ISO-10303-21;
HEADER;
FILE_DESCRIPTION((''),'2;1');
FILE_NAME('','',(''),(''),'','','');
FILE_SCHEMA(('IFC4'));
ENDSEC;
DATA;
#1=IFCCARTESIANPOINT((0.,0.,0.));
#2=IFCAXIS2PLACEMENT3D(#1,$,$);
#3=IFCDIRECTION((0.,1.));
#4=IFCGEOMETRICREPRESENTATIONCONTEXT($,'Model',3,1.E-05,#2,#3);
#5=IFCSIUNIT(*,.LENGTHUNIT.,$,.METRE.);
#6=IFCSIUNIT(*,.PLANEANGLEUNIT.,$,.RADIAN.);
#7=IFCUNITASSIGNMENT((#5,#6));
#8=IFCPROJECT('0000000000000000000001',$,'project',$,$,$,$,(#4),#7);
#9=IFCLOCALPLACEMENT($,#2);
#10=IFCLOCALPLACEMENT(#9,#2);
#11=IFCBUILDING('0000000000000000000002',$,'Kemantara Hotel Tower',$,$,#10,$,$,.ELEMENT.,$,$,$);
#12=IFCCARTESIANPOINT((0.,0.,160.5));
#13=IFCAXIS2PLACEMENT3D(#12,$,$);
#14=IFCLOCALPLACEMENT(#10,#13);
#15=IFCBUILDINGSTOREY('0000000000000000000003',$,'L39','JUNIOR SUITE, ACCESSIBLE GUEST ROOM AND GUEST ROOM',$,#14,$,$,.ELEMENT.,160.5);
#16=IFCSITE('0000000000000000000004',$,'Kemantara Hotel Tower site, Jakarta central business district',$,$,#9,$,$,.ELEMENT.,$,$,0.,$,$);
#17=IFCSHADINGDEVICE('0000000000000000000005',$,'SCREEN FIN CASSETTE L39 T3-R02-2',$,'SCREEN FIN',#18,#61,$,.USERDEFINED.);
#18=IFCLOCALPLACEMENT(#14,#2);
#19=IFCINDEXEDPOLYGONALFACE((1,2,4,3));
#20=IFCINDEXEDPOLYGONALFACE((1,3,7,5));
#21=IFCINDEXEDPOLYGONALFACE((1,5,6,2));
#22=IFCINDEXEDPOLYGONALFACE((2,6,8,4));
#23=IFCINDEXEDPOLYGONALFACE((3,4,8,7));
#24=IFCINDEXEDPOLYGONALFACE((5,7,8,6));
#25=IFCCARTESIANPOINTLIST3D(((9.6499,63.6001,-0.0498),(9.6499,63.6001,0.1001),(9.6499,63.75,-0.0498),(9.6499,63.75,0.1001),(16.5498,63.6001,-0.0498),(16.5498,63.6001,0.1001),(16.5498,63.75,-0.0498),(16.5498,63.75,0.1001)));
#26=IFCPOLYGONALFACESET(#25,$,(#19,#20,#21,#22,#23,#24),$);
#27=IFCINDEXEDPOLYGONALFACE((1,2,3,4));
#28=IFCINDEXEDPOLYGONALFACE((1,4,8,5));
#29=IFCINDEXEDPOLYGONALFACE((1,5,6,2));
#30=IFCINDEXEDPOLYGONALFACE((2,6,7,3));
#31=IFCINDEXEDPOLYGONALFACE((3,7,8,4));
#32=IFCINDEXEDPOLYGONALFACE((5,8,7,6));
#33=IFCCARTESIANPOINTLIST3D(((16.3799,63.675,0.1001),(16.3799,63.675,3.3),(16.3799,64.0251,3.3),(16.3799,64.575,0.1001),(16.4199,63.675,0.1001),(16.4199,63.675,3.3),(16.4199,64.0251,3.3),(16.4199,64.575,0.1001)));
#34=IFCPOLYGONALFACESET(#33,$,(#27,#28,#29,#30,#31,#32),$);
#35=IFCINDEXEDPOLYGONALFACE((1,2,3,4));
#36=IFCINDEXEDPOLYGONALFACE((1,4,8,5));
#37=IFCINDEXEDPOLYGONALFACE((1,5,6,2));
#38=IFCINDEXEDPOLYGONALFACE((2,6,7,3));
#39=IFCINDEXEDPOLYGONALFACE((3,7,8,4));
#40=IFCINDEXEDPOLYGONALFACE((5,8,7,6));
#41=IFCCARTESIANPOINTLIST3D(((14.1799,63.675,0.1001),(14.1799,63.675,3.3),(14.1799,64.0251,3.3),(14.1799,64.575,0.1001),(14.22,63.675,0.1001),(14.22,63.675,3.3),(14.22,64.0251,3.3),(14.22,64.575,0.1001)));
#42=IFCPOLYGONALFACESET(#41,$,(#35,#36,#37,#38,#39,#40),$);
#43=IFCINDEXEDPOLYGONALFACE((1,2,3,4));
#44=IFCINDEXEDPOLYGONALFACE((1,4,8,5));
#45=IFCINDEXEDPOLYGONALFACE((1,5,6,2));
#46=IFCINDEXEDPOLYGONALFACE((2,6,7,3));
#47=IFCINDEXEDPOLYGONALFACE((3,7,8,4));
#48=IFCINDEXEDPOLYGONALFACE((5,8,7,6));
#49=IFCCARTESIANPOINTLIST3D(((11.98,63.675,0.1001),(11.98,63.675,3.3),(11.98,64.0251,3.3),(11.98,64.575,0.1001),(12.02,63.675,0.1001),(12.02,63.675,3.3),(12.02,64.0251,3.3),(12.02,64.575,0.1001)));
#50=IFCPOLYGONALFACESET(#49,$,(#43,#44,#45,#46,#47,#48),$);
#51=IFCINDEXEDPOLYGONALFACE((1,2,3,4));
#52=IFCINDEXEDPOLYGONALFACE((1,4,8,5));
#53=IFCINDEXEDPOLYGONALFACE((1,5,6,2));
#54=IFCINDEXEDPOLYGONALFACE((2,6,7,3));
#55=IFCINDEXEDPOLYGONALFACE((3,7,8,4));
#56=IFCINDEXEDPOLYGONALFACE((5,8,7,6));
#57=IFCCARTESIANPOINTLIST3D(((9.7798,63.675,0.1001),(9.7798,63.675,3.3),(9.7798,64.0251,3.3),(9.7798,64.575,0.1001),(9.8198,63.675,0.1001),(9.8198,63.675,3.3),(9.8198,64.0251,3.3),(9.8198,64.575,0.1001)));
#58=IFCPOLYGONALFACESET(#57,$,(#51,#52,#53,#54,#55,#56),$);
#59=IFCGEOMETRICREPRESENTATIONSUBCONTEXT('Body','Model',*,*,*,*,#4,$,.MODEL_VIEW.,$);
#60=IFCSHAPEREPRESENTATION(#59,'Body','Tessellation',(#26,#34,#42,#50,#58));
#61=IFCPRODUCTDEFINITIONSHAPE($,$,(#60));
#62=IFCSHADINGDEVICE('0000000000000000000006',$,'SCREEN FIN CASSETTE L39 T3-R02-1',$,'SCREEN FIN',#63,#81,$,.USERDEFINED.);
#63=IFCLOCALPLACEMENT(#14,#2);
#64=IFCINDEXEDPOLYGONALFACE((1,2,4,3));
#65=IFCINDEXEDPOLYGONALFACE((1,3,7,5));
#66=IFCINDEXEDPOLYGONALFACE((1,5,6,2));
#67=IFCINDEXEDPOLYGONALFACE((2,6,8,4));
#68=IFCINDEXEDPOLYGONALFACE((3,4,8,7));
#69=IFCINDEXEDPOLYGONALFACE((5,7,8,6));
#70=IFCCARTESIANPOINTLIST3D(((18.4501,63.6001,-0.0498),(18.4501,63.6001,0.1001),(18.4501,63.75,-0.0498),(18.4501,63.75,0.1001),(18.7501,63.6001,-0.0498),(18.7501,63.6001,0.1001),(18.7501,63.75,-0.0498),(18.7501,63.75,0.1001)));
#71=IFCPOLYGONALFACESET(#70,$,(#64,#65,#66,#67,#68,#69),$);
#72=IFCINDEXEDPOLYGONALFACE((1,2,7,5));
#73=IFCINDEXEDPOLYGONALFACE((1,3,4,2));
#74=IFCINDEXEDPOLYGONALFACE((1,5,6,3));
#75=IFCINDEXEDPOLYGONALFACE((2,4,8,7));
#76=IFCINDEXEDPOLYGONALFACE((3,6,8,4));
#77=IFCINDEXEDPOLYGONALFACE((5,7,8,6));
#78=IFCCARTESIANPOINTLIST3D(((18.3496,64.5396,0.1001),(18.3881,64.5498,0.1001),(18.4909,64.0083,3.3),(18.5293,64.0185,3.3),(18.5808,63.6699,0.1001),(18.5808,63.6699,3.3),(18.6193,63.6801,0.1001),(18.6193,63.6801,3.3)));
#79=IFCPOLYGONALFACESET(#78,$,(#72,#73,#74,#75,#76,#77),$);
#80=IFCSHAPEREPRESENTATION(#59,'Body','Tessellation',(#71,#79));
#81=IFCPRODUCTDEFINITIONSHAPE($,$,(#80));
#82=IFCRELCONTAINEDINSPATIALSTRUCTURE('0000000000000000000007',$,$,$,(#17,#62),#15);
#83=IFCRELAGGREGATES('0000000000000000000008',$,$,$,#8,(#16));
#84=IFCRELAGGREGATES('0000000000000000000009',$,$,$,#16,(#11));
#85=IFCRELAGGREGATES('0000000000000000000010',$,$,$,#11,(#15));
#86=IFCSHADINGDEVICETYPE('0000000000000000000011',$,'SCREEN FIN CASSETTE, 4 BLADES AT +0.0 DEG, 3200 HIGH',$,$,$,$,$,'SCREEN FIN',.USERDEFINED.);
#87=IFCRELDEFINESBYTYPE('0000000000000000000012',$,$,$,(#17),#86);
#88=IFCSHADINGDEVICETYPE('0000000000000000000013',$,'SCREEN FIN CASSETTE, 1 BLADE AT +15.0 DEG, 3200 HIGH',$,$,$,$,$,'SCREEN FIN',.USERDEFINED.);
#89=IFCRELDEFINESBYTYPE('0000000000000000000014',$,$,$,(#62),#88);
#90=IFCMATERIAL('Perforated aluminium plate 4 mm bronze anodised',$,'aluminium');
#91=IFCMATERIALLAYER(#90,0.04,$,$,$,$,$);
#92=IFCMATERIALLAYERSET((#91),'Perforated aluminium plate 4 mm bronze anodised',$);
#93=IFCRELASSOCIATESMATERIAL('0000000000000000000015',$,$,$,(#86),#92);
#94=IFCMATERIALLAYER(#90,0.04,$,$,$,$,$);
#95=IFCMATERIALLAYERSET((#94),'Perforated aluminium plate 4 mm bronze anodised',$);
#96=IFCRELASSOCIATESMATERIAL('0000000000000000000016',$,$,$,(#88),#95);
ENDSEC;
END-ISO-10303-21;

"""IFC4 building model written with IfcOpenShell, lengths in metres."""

from ifc_helpers import new_model, si_unit, direction, frame, origin, origin_2d, place, context, subcontext, project, spatial, polyline, rectangle, outline, extrude, source, transform, mapped, material, layer, layer_set, type_object, element, save


model = new_model("IFC4")

# Units and contexts
model_context = context("Model", 3, precision=1e-05, world=origin(), true_north=direction((0.0, 1.0)))
body_context = subcontext(model_context, "Body", "Model", "MODEL_VIEW")
ifc_project = project(units=[si_unit("LENGTHUNIT", "METRE"), si_unit("PLANEANGLEUNIT", "RADIAN")], contexts=[model_context])

# Site, building, storey
site_placement = place(None, origin())
site = spatial("IfcSite", under=ifc_project, at=site_placement, Name="Kemantara Hotel Tower site, Jakarta central business district", CompositionType="ELEMENT", RefElevation=0.0)
building_placement = place(site_placement, origin())
building = spatial("IfcBuilding", under=site, at=building_placement, Name="Kemantara Hotel Tower", CompositionType="ELEMENT")
storey_placement = place(building_placement, frame((0.0, 0.0, 160.5)))
storey = spatial("IfcBuildingStorey", under=building, at=storey_placement, Name="L39", Description="JUNIOR SUITE, ACCESSIBLE GUEST ROOM AND GUEST ROOM", CompositionType="ELEMENT", Elevation=160.5)

# Shading devices
ifc_material_1 = material(Name="Perforated aluminium plate 4 mm bronze anodised", Category="aluminium")
ifc_layer_1 = layer(ifc_material_1, 0.04)
ifc_layer_set_1 = layer_set([ifc_layer_1], Name="Perforated aluminium plate 4 mm bronze anodised")
shading_device_type_1 = type_object("IfcShadingDeviceType", Name="SCREEN FIN CASSETTE, 4 BLADES AT +0.0 DEG, 3200 HIGH", ElementType="SCREEN FIN", PredefinedType="USERDEFINED", material=ifc_layer_set_1)
shared_shape_1 = source(origin(), body_context, "Body", "SweptSolid", [
    extrude(rectangle(XDim=6.8999, YDim=0.1499, at=origin_2d()), frame((3.3, -0.075, -0.1499), z_axis=(0.0, 0.0, 1.0), x_axis=(1.0, 0.0, 0.0)), (0.0, 0.0, 1.0), 0.1499),
    extrude(outline(polyline([(0.0, 0.0), (0.8999, 0.0), (0.3501, 3.2), (0.0, 3.2), (0.0, 0.0)])), frame((0.02, -0.075, 0.0), z_axis=(-1.0, 0.0, 0.0), x_axis=(0.0, -1.0, 0.0)), (0.0, 0.0, 1.0), 0.04),
    extrude(outline(polyline([(0.0, 0.0), (0.8999, 0.0), (0.3501, 3.2), (0.0, 3.2), (0.0, 0.0)])), frame((2.22, -0.075, 0.0), z_axis=(-1.0, 0.0, 0.0), x_axis=(0.0, -1.0, 0.0)), (0.0, 0.0, 1.0), 0.04),
    extrude(outline(polyline([(0.0, 0.0), (0.8999, 0.0), (0.3501, 3.2), (0.0, 3.2), (0.0, 0.0)])), frame((4.4199, -0.075, 0.0), z_axis=(-1.0, 0.0, 0.0), x_axis=(0.0, -1.0, 0.0)), (0.0, 0.0, 1.0), 0.04),
    extrude(outline(polyline([(0.0, 0.0), (0.8999, 0.0), (0.3501, 3.2), (0.0, 3.2), (0.0, 0.0)])), frame((6.6201, -0.075, 0.0), z_axis=(-1.0, 0.0, 0.0), x_axis=(0.0, -1.0, 0.0)), (0.0, 0.0, 1.0), 0.04),
])
shading_device_1_placement = place(storey_placement, frame((16.3999, 63.6001, 0.1001), z_axis=(0.0, 0.0, 1.0), x_axis=(-1.0, 0.0, 0.0)))
element("IfcShadingDevice", 1, at=shading_device_1_placement, inside=storey, type_object=shading_device_type_1, Name="SCREEN FIN CASSETTE L39 T3-R02-2", ObjectType="SCREEN FIN", PredefinedType="USERDEFINED", context=body_context, shape_type="MappedRepresentation", body=[
    mapped(shared_shape_1, transform((0.0, 0.0, 0.0))),
])
ifc_layer_2 = layer(ifc_material_1, 0.04)
ifc_layer_set_2 = layer_set([ifc_layer_2], Name="Perforated aluminium plate 4 mm bronze anodised")
shading_device_type_2 = type_object("IfcShadingDeviceType", Name="SCREEN FIN CASSETTE, 1 BLADE AT +15.0 DEG, 3200 HIGH", ElementType="SCREEN FIN", PredefinedType="USERDEFINED", material=ifc_layer_set_2)
shared_shape_2 = source(origin(), body_context, "Body", "SweptSolid", [
    extrude(rectangle(XDim=0.3, YDim=0.1499, at=origin_2d()), frame((0.0, -0.075, -0.1499), z_axis=(0.0, 0.0, 1.0), x_axis=(1.0, 0.0, 0.0)), (0.0, 0.0, 1.0), 0.1499),
    extrude(outline(polyline([(0.0, 0.0), (0.8999, 0.0), (0.3501, 3.2), (0.0, 3.2), (0.0, 0.0)])), frame((0.0193, -0.0698, 0.0), z_axis=(-0.966438, -0.256901, 0.0), x_axis=(0.256901, -0.966438, 0.0)), (0.0, 0.0, 1.0), 0.0398),
])
shading_device_2_placement = place(storey_placement, frame((18.6001, 63.6001, 0.1001), z_axis=(0.0, 0.0, 1.0), x_axis=(-1.0, 0.0, 0.0)))
element("IfcShadingDevice", 2, at=shading_device_2_placement, inside=storey, type_object=shading_device_type_2, Name="SCREEN FIN CASSETTE L39 T3-R02-1", ObjectType="SCREEN FIN", PredefinedType="USERDEFINED", context=body_context, shape_type="MappedRepresentation", body=[
    mapped(shared_shape_2, transform((0.0, 0.0, 0.0))),
])

save(model, "model.ifc")
